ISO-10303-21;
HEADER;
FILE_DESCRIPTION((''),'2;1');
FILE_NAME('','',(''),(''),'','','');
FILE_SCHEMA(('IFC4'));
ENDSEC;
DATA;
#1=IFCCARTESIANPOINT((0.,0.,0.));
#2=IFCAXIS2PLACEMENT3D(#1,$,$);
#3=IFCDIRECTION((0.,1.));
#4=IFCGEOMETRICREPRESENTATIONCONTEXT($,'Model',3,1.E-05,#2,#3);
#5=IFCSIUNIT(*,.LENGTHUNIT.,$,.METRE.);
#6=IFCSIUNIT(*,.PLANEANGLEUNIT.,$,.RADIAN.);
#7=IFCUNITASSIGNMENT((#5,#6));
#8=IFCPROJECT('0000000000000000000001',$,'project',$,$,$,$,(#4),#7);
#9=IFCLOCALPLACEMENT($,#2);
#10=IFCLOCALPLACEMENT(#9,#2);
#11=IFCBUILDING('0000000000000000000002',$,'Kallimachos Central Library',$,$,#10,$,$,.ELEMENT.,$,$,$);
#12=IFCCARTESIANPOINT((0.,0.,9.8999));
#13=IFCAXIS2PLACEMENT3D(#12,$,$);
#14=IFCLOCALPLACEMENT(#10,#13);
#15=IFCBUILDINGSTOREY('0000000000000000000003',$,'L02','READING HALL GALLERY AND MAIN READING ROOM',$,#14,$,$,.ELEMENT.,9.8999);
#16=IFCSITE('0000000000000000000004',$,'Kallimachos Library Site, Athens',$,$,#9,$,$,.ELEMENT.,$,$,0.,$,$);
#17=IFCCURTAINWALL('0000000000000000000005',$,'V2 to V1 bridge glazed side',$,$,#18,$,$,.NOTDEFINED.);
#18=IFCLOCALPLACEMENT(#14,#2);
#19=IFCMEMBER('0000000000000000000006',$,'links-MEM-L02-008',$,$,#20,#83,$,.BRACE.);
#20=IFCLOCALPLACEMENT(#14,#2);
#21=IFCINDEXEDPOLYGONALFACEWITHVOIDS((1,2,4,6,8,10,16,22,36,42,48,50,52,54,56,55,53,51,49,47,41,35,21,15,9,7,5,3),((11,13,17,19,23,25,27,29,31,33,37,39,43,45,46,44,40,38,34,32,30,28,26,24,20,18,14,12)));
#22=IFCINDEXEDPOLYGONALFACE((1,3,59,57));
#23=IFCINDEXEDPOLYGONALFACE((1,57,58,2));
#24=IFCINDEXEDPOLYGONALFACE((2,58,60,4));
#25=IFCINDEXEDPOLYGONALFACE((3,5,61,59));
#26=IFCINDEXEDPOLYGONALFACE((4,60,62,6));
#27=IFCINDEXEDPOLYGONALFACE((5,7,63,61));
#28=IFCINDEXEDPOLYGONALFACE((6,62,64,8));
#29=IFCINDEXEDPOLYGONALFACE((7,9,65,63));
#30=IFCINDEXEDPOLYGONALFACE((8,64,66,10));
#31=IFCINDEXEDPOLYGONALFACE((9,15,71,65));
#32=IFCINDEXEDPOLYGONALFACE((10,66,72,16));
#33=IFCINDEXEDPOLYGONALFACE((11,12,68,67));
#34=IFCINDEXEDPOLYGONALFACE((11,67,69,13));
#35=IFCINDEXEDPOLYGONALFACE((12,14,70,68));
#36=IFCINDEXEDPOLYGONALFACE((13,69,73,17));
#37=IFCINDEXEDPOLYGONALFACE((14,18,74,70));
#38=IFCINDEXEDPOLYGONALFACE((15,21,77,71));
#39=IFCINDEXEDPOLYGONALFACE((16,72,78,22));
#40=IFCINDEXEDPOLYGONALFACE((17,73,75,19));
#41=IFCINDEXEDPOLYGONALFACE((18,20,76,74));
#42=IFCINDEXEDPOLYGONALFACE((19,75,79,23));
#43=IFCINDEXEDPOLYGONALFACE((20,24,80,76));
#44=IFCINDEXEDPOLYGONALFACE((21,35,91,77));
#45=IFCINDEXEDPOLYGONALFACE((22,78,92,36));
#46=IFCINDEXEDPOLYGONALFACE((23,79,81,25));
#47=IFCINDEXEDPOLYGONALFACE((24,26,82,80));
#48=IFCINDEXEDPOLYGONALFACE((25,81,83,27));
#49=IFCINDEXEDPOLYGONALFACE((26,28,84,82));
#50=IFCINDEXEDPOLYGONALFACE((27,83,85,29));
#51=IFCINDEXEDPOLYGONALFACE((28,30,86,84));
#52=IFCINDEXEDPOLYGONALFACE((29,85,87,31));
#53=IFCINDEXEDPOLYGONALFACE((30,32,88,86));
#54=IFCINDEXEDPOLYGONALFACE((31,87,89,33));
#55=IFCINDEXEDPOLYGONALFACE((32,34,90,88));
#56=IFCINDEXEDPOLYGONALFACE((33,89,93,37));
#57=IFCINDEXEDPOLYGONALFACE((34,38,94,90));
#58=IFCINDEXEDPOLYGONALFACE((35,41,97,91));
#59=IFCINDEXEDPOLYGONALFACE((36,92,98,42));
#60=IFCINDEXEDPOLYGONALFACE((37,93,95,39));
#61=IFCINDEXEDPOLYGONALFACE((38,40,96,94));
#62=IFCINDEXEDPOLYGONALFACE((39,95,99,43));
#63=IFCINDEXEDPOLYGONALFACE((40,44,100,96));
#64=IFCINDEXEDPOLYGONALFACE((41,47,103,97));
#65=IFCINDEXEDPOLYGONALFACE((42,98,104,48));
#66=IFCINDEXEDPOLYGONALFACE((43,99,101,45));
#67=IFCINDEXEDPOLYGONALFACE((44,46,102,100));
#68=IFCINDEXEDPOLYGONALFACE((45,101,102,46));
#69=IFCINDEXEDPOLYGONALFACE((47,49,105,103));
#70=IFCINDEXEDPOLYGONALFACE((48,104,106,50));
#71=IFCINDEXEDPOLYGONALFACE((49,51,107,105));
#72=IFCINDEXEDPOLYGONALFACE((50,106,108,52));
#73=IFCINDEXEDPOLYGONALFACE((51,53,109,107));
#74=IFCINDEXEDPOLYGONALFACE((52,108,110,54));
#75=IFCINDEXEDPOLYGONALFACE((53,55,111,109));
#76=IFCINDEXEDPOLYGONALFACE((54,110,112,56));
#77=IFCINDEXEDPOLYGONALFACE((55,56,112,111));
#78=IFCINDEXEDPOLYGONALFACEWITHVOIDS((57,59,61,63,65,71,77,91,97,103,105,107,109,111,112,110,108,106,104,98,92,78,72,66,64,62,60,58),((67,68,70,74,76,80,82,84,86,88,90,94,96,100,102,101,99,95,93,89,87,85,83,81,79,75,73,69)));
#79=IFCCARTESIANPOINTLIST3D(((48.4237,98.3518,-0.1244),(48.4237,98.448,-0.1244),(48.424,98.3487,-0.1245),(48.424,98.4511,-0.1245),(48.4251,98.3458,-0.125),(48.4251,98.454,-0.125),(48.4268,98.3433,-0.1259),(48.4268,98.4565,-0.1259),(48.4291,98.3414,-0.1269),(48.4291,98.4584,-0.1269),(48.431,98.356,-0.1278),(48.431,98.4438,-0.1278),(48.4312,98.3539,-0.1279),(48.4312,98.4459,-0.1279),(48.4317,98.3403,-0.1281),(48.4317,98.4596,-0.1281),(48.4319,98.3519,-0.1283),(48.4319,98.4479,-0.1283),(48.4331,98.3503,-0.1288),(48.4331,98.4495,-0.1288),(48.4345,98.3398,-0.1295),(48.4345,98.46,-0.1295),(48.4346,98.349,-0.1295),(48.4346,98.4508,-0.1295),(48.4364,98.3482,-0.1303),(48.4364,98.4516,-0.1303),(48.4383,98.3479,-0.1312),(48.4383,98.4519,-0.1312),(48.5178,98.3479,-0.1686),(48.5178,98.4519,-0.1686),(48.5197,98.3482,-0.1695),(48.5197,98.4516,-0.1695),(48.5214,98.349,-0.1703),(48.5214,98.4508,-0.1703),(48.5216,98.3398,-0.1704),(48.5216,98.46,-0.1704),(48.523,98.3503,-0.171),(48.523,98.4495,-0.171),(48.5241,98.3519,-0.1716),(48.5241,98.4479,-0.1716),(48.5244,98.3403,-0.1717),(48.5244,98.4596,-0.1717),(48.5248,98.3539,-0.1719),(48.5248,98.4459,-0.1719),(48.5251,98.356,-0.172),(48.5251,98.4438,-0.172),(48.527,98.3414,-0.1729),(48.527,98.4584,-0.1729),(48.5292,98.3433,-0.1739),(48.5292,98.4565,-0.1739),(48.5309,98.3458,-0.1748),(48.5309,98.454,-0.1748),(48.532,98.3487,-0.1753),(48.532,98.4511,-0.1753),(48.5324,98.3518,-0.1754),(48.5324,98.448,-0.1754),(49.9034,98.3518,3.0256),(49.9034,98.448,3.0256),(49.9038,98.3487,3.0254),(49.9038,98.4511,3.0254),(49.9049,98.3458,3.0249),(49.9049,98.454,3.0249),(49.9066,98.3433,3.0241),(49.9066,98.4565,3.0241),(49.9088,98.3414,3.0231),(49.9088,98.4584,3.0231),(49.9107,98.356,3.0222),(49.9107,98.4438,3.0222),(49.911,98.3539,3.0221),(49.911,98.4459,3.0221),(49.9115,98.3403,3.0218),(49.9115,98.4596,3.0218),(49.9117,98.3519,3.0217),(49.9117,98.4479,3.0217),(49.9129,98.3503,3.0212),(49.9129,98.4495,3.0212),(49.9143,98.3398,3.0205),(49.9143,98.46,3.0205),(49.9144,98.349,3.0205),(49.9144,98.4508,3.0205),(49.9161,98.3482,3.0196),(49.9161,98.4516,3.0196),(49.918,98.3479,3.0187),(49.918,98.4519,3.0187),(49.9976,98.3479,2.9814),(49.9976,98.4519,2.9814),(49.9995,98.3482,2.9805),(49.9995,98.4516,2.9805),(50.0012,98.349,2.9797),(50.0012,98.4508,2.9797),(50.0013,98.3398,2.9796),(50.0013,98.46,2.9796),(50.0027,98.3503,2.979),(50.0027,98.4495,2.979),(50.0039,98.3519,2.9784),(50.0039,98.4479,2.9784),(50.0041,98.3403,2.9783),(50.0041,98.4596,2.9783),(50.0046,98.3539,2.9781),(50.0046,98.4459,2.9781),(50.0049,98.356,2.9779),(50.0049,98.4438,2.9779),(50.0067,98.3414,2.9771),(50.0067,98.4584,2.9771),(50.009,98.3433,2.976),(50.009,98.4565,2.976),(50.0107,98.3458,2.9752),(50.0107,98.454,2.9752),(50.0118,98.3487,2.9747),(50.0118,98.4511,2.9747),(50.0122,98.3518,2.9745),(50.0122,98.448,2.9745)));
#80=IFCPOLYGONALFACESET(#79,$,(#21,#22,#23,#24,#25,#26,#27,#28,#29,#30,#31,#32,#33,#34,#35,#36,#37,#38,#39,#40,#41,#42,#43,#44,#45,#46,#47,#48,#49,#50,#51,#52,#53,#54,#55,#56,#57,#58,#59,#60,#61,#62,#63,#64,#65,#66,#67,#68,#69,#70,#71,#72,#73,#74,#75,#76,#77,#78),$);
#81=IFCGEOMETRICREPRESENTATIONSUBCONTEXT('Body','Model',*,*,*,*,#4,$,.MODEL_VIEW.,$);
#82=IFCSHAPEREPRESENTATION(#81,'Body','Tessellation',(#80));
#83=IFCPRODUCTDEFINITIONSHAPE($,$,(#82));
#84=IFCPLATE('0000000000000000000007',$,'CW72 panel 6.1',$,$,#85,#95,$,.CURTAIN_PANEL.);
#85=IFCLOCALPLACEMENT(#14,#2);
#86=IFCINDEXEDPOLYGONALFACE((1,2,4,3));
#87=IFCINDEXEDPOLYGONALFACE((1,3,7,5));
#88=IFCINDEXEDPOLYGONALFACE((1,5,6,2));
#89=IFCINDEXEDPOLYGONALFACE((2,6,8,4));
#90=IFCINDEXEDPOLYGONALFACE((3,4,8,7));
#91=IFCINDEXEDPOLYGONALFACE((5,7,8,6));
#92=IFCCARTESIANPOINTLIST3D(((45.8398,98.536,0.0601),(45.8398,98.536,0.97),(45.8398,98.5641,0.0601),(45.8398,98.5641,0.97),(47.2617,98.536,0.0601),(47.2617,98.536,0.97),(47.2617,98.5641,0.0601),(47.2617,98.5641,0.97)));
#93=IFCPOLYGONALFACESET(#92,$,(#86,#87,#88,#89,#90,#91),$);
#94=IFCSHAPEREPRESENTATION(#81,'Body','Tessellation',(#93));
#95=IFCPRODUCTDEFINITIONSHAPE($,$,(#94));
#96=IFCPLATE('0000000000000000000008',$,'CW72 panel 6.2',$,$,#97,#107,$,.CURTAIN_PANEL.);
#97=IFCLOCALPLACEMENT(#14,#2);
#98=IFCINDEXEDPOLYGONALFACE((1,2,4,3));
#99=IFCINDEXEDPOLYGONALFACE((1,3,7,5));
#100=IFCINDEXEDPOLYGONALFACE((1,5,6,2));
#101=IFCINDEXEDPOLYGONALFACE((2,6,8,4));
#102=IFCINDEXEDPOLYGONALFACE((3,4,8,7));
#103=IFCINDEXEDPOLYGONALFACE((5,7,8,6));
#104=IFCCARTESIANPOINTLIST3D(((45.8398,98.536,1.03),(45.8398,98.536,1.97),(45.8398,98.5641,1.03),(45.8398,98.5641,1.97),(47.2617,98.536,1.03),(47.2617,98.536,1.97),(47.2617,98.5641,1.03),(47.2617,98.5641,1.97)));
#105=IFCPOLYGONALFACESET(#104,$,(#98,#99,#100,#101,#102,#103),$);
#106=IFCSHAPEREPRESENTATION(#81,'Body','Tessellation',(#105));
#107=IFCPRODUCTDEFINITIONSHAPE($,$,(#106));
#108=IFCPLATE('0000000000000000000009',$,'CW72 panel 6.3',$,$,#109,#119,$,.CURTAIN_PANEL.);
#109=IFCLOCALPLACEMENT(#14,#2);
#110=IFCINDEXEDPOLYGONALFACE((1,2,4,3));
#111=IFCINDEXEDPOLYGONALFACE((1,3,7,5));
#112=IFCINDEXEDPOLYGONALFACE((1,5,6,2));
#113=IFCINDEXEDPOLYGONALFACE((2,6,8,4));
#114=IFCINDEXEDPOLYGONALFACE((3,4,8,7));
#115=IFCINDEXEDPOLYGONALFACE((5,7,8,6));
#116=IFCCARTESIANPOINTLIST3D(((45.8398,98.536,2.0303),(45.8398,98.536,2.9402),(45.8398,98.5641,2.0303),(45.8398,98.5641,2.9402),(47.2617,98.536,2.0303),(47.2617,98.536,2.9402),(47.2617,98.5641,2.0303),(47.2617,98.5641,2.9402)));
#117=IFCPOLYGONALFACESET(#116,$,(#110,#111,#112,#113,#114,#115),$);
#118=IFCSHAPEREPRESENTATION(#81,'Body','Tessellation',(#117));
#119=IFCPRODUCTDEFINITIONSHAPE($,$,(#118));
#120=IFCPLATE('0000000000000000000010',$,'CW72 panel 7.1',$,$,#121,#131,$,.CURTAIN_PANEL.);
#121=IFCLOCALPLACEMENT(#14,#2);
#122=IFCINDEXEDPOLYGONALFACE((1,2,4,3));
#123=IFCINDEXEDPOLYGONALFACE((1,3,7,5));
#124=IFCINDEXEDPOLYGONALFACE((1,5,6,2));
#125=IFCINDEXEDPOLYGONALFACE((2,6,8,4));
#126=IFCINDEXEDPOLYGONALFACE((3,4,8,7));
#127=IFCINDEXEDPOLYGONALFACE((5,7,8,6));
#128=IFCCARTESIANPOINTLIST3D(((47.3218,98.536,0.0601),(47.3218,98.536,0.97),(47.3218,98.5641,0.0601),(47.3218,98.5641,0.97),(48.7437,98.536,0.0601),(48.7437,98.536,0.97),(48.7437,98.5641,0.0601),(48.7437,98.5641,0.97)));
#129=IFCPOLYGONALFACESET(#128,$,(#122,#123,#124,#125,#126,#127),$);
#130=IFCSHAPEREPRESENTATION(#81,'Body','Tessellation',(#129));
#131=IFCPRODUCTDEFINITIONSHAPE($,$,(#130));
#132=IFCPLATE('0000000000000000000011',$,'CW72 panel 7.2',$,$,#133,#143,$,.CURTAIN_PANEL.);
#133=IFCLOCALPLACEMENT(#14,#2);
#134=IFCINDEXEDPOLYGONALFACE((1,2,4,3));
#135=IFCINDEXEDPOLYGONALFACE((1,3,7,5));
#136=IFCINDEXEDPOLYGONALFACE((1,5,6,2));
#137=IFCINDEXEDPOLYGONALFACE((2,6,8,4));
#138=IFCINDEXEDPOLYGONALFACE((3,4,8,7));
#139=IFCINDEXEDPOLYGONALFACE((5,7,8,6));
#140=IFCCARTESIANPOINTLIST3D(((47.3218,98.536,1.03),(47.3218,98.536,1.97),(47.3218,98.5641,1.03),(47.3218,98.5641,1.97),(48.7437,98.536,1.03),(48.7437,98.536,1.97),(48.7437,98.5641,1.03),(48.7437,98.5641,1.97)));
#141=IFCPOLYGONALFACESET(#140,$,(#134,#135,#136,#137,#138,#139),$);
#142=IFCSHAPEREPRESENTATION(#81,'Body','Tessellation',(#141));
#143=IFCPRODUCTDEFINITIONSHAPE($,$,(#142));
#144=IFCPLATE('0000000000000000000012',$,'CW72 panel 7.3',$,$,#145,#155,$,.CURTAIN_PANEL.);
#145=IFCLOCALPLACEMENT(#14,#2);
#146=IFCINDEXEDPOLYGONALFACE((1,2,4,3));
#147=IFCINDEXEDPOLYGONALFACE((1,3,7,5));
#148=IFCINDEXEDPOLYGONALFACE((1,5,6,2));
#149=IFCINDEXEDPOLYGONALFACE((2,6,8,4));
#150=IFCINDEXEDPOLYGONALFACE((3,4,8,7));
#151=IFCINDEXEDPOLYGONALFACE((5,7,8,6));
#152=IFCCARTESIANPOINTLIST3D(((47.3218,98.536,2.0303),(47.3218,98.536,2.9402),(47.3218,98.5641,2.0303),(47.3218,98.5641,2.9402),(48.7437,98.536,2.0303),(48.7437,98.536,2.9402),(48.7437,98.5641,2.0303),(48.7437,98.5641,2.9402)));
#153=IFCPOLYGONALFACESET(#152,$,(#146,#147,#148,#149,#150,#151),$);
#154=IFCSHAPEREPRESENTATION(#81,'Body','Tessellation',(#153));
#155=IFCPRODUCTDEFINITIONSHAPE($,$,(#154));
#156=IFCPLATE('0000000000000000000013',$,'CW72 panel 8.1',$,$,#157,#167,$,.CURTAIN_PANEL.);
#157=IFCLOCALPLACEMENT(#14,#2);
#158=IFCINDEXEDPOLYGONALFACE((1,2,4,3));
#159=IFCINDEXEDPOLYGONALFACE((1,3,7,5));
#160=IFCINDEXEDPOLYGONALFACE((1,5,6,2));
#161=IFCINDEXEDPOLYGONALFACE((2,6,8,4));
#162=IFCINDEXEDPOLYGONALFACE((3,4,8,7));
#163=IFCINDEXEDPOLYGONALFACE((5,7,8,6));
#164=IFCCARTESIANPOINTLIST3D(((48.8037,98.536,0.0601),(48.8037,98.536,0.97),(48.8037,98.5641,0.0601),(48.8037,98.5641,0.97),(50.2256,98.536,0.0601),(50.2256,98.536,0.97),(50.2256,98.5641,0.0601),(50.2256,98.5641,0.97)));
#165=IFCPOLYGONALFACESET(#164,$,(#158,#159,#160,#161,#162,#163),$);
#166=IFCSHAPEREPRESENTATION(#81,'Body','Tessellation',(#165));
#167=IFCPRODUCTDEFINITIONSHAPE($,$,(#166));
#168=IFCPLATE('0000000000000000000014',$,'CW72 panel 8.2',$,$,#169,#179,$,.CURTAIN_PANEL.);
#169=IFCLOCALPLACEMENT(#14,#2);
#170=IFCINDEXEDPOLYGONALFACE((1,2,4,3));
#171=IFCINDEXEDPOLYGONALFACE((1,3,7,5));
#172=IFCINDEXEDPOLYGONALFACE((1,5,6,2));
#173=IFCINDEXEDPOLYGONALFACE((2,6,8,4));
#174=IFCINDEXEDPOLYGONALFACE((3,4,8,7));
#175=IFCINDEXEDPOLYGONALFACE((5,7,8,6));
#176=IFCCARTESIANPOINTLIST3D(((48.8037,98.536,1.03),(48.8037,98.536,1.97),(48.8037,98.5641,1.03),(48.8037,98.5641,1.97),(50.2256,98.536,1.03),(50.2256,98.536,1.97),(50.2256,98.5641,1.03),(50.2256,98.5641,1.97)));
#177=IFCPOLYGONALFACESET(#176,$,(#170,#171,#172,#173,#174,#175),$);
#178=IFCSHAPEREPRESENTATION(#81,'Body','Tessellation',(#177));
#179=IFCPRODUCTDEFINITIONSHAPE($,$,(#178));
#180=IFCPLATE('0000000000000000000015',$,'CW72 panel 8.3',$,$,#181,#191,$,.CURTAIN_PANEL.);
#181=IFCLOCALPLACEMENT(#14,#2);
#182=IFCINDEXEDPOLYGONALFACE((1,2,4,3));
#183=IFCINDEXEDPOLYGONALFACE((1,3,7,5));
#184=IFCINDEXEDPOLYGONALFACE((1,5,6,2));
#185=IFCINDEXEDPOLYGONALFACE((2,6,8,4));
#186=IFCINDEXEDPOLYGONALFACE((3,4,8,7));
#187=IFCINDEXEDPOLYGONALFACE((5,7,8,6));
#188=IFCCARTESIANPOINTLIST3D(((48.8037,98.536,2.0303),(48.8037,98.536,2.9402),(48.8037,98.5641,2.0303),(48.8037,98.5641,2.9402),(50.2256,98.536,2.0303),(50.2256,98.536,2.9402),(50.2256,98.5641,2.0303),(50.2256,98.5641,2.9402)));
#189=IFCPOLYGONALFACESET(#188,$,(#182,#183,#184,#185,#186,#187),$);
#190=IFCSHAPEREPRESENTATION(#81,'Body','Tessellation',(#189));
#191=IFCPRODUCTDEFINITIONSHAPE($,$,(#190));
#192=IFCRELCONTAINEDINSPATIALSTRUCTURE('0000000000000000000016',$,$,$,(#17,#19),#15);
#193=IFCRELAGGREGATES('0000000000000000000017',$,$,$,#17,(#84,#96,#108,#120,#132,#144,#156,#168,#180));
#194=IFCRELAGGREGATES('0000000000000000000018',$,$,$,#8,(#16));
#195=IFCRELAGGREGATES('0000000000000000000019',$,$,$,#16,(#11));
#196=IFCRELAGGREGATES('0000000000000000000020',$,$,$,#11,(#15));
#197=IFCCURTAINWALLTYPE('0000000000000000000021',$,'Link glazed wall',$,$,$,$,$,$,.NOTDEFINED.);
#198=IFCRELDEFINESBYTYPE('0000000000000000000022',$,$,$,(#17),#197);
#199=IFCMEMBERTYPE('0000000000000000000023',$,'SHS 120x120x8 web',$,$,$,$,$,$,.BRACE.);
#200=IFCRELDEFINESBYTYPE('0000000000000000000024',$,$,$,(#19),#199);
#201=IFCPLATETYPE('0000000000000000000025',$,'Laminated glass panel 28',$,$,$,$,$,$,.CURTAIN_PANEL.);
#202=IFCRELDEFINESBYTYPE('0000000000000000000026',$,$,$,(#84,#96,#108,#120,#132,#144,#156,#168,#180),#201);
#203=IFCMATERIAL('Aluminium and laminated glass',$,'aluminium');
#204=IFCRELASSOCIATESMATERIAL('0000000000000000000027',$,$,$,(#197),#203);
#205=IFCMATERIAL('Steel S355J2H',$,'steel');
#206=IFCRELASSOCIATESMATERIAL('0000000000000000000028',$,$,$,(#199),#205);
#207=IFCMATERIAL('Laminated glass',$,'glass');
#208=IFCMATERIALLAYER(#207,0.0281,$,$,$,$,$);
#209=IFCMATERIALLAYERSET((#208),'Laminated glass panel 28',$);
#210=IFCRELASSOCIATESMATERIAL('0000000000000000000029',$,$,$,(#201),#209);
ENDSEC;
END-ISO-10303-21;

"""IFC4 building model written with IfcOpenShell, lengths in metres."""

from ifc_helpers import new_model, si_unit, direction, frame, origin, origin_2d, place, context, subcontext, project, spatial, rectangle, hollow_rectangle, extrude, material, layer, layer_set, material_profile, profile_set, type_object, element, aggregate, save


model = new_model("IFC4")

# Units and contexts
model_context = context("Model", 3, precision=1e-05, world=origin(), true_north=direction((0.0, 1.0)))
body_context = subcontext(model_context, "Body", "Model", "MODEL_VIEW")
ifc_project = project(units=[si_unit("LENGTHUNIT", "METRE"), si_unit("PLANEANGLEUNIT", "RADIAN")], contexts=[model_context])

# Site, building, storey
site_placement = place(None, origin())
site = spatial("IfcSite", under=ifc_project, at=site_placement, Name="Kallimachos Library Site, Athens", CompositionType="ELEMENT", RefElevation=0.0)
building_placement = place(site_placement, origin())
building = spatial("IfcBuilding", under=site, at=building_placement, Name="Kallimachos Central Library", CompositionType="ELEMENT")
storey_placement = place(building_placement, frame((0.0, 0.0, 9.8999)))
storey = spatial("IfcBuildingStorey", under=building, at=storey_placement, Name="L02", Description="READING HALL GALLERY AND MAIN READING ROOM", CompositionType="ELEMENT", Elevation=9.8999)

# Curtain wall
ifc_material_1 = material(Name="Aluminium and laminated glass", Category="aluminium")
curtain_wall_type = type_object("IfcCurtainWallType", Name="Link glazed wall", PredefinedType="NOTDEFINED", material=ifc_material_1)
curtain_wall_placement = place(storey_placement, origin())
curtain_wall = element("IfcCurtainWall", 1, at=curtain_wall_placement, inside=storey, type_object=curtain_wall_type, Name="V2 to V1 bridge glazed side", PredefinedType="NOTDEFINED")

# Member
ifc_material_2 = material(Name="Steel S355J2H", Category="steel")
ifc_material_profile_1 = material_profile(ifc_material_2, hollow_rectangle(XDim=0.1201, YDim=0.1201, WallThickness=0.0081, InnerFilletRadius=0.0081, OuterFilletRadius=0.012, at=origin_2d()), Name="SHS 120x120x8")
ifc_profile_set_1 = profile_set([ifc_material_profile_1], Name="Steel S355J2H")
member_type_1 = type_object("IfcMemberType", Name="SHS 120x120x8 web", PredefinedType="BRACE", material=ifc_profile_set_1)
for number, where, z_axis, x_axis, name in (
    (2, (48.478, 98.3999, -0.1499), (0.425192, 0.0, 0.905103), (0.0, 1.0, 0.0), "links-MEM-L02-008"),
):
    element("IfcMember", number, at=place(storey_placement, frame(where, z_axis=z_axis, x_axis=x_axis)), inside=storey, type_object=member_type_1, Name=name, PredefinedType="BRACE", context=body_context, shape_type="SweptSolid", body=[
        extrude(hollow_rectangle(XDim=0.1201, YDim=0.1201, WallThickness=0.0081, InnerFilletRadius=0.0081, OuterFilletRadius=0.012, at=origin_2d()), origin(), (0.0, 0.0, 1.0), 3.4802),
    ])

# Plates
ifc_material_3 = material(Name="Laminated glass", Category="glass")
ifc_layer = layer(ifc_material_3, 0.0281)
ifc_layer_set = layer_set([ifc_layer], Name="Laminated glass panel 28")
plate_type = type_object("IfcPlateType", Name="Laminated glass panel 28", PredefinedType="CURTAIN_PANEL", material=ifc_layer_set)
plate_1_placement = place(storey_placement, frame((46.5508, 98.55, 0.0601), z_axis=(0.0, 0.0, 1.0), x_axis=(1.0, 0.0, 0.0)))
plate_1 = element("IfcPlate", 3, at=plate_1_placement, type_object=plate_type, Name="CW72 panel 6.1", PredefinedType="CURTAIN_PANEL", context=body_context, shape_type="SweptSolid", body=[
    extrude(rectangle(XDim=1.4219, YDim=0.0281, at=origin_2d()), origin(), (0.0, 0.0, 1.0), 0.9099),
])
plate_2_placement = place(storey_placement, frame((46.5508, 98.55, 1.03), z_axis=(0.0, 0.0, 1.0), x_axis=(1.0, 0.0, 0.0)))
plate_2 = element("IfcPlate", 4, at=plate_2_placement, type_object=plate_type, Name="CW72 panel 6.2", PredefinedType="CURTAIN_PANEL", context=body_context, shape_type="SweptSolid", body=[
    extrude(rectangle(XDim=1.4219, YDim=0.0281, at=origin_2d()), origin(), (0.0, 0.0, 1.0), 0.9399),
])
plate_3_placement = place(storey_placement, frame((46.5508, 98.55, 2.0303), z_axis=(0.0, 0.0, 1.0), x_axis=(1.0, 0.0, 0.0)))
plate_3 = element("IfcPlate", 5, at=plate_3_placement, type_object=plate_type, Name="CW72 panel 6.3", PredefinedType="CURTAIN_PANEL", context=body_context, shape_type="SweptSolid", body=[
    extrude(rectangle(XDim=1.4219, YDim=0.0281, at=origin_2d()), origin(), (0.0, 0.0, 1.0), 0.9099),
])
plate_4_placement = place(storey_placement, frame((48.0327, 98.55, 0.0601), z_axis=(0.0, 0.0, 1.0), x_axis=(1.0, 0.0, 0.0)))
plate_4 = element("IfcPlate", 6, at=plate_4_placement, type_object=plate_type, Name="CW72 panel 7.1", PredefinedType="CURTAIN_PANEL", context=body_context, shape_type="SweptSolid", body=[
    extrude(rectangle(XDim=1.4219, YDim=0.0281, at=origin_2d()), origin(), (0.0, 0.0, 1.0), 0.9099),
])
plate_5_placement = place(storey_placement, frame((48.0327, 98.55, 1.03), z_axis=(0.0, 0.0, 1.0), x_axis=(1.0, 0.0, 0.0)))
plate_5 = element("IfcPlate", 7, at=plate_5_placement, type_object=plate_type, Name="CW72 panel 7.2", PredefinedType="CURTAIN_PANEL", context=body_context, shape_type="SweptSolid", body=[
    extrude(rectangle(XDim=1.4219, YDim=0.0281, at=origin_2d()), origin(), (0.0, 0.0, 1.0), 0.9399),
])
plate_6_placement = place(storey_placement, frame((48.0327, 98.55, 2.0303), z_axis=(0.0, 0.0, 1.0), x_axis=(1.0, 0.0, 0.0)))
plate_6 = element("IfcPlate", 8, at=plate_6_placement, type_object=plate_type, Name="CW72 panel 7.3", PredefinedType="CURTAIN_PANEL", context=body_context, shape_type="SweptSolid", body=[
    extrude(rectangle(XDim=1.4219, YDim=0.0281, at=origin_2d()), origin(), (0.0, 0.0, 1.0), 0.9099),
])
plate_7_placement = place(storey_placement, frame((49.5146, 98.55, 0.0601), z_axis=(0.0, 0.0, 1.0), x_axis=(1.0, 0.0, 0.0)))
plate_7 = element("IfcPlate", 9, at=plate_7_placement, type_object=plate_type, Name="CW72 panel 8.1", PredefinedType="CURTAIN_PANEL", context=body_context, shape_type="SweptSolid", body=[
    extrude(rectangle(XDim=1.4219, YDim=0.0281, at=origin_2d()), origin(), (0.0, 0.0, 1.0), 0.9099),
])
plate_8_placement = place(storey_placement, frame((49.5146, 98.55, 1.03), z_axis=(0.0, 0.0, 1.0), x_axis=(1.0, 0.0, 0.0)))
plate_8 = element("IfcPlate", 10, at=plate_8_placement, type_object=plate_type, Name="CW72 panel 8.2", PredefinedType="CURTAIN_PANEL", context=body_context, shape_type="SweptSolid", body=[
    extrude(rectangle(XDim=1.4219, YDim=0.0281, at=origin_2d()), origin(), (0.0, 0.0, 1.0), 0.9399),
])
plate_9_placement = place(storey_placement, frame((49.5146, 98.55, 2.0303), z_axis=(0.0, 0.0, 1.0), x_axis=(1.0, 0.0, 0.0)))
plate_9 = element("IfcPlate", 11, at=plate_9_placement, type_object=plate_type, Name="CW72 panel 8.3", PredefinedType="CURTAIN_PANEL", context=body_context, shape_type="SweptSolid", body=[
    extrude(rectangle(XDim=1.4219, YDim=0.0281, at=origin_2d()), origin(), (0.0, 0.0, 1.0), 0.9099),
])
aggregate(curtain_wall, [plate_1, plate_2, plate_3, plate_4, plate_5, plate_6, plate_7, plate_8, plate_9])

save(model, "model.ifc")
